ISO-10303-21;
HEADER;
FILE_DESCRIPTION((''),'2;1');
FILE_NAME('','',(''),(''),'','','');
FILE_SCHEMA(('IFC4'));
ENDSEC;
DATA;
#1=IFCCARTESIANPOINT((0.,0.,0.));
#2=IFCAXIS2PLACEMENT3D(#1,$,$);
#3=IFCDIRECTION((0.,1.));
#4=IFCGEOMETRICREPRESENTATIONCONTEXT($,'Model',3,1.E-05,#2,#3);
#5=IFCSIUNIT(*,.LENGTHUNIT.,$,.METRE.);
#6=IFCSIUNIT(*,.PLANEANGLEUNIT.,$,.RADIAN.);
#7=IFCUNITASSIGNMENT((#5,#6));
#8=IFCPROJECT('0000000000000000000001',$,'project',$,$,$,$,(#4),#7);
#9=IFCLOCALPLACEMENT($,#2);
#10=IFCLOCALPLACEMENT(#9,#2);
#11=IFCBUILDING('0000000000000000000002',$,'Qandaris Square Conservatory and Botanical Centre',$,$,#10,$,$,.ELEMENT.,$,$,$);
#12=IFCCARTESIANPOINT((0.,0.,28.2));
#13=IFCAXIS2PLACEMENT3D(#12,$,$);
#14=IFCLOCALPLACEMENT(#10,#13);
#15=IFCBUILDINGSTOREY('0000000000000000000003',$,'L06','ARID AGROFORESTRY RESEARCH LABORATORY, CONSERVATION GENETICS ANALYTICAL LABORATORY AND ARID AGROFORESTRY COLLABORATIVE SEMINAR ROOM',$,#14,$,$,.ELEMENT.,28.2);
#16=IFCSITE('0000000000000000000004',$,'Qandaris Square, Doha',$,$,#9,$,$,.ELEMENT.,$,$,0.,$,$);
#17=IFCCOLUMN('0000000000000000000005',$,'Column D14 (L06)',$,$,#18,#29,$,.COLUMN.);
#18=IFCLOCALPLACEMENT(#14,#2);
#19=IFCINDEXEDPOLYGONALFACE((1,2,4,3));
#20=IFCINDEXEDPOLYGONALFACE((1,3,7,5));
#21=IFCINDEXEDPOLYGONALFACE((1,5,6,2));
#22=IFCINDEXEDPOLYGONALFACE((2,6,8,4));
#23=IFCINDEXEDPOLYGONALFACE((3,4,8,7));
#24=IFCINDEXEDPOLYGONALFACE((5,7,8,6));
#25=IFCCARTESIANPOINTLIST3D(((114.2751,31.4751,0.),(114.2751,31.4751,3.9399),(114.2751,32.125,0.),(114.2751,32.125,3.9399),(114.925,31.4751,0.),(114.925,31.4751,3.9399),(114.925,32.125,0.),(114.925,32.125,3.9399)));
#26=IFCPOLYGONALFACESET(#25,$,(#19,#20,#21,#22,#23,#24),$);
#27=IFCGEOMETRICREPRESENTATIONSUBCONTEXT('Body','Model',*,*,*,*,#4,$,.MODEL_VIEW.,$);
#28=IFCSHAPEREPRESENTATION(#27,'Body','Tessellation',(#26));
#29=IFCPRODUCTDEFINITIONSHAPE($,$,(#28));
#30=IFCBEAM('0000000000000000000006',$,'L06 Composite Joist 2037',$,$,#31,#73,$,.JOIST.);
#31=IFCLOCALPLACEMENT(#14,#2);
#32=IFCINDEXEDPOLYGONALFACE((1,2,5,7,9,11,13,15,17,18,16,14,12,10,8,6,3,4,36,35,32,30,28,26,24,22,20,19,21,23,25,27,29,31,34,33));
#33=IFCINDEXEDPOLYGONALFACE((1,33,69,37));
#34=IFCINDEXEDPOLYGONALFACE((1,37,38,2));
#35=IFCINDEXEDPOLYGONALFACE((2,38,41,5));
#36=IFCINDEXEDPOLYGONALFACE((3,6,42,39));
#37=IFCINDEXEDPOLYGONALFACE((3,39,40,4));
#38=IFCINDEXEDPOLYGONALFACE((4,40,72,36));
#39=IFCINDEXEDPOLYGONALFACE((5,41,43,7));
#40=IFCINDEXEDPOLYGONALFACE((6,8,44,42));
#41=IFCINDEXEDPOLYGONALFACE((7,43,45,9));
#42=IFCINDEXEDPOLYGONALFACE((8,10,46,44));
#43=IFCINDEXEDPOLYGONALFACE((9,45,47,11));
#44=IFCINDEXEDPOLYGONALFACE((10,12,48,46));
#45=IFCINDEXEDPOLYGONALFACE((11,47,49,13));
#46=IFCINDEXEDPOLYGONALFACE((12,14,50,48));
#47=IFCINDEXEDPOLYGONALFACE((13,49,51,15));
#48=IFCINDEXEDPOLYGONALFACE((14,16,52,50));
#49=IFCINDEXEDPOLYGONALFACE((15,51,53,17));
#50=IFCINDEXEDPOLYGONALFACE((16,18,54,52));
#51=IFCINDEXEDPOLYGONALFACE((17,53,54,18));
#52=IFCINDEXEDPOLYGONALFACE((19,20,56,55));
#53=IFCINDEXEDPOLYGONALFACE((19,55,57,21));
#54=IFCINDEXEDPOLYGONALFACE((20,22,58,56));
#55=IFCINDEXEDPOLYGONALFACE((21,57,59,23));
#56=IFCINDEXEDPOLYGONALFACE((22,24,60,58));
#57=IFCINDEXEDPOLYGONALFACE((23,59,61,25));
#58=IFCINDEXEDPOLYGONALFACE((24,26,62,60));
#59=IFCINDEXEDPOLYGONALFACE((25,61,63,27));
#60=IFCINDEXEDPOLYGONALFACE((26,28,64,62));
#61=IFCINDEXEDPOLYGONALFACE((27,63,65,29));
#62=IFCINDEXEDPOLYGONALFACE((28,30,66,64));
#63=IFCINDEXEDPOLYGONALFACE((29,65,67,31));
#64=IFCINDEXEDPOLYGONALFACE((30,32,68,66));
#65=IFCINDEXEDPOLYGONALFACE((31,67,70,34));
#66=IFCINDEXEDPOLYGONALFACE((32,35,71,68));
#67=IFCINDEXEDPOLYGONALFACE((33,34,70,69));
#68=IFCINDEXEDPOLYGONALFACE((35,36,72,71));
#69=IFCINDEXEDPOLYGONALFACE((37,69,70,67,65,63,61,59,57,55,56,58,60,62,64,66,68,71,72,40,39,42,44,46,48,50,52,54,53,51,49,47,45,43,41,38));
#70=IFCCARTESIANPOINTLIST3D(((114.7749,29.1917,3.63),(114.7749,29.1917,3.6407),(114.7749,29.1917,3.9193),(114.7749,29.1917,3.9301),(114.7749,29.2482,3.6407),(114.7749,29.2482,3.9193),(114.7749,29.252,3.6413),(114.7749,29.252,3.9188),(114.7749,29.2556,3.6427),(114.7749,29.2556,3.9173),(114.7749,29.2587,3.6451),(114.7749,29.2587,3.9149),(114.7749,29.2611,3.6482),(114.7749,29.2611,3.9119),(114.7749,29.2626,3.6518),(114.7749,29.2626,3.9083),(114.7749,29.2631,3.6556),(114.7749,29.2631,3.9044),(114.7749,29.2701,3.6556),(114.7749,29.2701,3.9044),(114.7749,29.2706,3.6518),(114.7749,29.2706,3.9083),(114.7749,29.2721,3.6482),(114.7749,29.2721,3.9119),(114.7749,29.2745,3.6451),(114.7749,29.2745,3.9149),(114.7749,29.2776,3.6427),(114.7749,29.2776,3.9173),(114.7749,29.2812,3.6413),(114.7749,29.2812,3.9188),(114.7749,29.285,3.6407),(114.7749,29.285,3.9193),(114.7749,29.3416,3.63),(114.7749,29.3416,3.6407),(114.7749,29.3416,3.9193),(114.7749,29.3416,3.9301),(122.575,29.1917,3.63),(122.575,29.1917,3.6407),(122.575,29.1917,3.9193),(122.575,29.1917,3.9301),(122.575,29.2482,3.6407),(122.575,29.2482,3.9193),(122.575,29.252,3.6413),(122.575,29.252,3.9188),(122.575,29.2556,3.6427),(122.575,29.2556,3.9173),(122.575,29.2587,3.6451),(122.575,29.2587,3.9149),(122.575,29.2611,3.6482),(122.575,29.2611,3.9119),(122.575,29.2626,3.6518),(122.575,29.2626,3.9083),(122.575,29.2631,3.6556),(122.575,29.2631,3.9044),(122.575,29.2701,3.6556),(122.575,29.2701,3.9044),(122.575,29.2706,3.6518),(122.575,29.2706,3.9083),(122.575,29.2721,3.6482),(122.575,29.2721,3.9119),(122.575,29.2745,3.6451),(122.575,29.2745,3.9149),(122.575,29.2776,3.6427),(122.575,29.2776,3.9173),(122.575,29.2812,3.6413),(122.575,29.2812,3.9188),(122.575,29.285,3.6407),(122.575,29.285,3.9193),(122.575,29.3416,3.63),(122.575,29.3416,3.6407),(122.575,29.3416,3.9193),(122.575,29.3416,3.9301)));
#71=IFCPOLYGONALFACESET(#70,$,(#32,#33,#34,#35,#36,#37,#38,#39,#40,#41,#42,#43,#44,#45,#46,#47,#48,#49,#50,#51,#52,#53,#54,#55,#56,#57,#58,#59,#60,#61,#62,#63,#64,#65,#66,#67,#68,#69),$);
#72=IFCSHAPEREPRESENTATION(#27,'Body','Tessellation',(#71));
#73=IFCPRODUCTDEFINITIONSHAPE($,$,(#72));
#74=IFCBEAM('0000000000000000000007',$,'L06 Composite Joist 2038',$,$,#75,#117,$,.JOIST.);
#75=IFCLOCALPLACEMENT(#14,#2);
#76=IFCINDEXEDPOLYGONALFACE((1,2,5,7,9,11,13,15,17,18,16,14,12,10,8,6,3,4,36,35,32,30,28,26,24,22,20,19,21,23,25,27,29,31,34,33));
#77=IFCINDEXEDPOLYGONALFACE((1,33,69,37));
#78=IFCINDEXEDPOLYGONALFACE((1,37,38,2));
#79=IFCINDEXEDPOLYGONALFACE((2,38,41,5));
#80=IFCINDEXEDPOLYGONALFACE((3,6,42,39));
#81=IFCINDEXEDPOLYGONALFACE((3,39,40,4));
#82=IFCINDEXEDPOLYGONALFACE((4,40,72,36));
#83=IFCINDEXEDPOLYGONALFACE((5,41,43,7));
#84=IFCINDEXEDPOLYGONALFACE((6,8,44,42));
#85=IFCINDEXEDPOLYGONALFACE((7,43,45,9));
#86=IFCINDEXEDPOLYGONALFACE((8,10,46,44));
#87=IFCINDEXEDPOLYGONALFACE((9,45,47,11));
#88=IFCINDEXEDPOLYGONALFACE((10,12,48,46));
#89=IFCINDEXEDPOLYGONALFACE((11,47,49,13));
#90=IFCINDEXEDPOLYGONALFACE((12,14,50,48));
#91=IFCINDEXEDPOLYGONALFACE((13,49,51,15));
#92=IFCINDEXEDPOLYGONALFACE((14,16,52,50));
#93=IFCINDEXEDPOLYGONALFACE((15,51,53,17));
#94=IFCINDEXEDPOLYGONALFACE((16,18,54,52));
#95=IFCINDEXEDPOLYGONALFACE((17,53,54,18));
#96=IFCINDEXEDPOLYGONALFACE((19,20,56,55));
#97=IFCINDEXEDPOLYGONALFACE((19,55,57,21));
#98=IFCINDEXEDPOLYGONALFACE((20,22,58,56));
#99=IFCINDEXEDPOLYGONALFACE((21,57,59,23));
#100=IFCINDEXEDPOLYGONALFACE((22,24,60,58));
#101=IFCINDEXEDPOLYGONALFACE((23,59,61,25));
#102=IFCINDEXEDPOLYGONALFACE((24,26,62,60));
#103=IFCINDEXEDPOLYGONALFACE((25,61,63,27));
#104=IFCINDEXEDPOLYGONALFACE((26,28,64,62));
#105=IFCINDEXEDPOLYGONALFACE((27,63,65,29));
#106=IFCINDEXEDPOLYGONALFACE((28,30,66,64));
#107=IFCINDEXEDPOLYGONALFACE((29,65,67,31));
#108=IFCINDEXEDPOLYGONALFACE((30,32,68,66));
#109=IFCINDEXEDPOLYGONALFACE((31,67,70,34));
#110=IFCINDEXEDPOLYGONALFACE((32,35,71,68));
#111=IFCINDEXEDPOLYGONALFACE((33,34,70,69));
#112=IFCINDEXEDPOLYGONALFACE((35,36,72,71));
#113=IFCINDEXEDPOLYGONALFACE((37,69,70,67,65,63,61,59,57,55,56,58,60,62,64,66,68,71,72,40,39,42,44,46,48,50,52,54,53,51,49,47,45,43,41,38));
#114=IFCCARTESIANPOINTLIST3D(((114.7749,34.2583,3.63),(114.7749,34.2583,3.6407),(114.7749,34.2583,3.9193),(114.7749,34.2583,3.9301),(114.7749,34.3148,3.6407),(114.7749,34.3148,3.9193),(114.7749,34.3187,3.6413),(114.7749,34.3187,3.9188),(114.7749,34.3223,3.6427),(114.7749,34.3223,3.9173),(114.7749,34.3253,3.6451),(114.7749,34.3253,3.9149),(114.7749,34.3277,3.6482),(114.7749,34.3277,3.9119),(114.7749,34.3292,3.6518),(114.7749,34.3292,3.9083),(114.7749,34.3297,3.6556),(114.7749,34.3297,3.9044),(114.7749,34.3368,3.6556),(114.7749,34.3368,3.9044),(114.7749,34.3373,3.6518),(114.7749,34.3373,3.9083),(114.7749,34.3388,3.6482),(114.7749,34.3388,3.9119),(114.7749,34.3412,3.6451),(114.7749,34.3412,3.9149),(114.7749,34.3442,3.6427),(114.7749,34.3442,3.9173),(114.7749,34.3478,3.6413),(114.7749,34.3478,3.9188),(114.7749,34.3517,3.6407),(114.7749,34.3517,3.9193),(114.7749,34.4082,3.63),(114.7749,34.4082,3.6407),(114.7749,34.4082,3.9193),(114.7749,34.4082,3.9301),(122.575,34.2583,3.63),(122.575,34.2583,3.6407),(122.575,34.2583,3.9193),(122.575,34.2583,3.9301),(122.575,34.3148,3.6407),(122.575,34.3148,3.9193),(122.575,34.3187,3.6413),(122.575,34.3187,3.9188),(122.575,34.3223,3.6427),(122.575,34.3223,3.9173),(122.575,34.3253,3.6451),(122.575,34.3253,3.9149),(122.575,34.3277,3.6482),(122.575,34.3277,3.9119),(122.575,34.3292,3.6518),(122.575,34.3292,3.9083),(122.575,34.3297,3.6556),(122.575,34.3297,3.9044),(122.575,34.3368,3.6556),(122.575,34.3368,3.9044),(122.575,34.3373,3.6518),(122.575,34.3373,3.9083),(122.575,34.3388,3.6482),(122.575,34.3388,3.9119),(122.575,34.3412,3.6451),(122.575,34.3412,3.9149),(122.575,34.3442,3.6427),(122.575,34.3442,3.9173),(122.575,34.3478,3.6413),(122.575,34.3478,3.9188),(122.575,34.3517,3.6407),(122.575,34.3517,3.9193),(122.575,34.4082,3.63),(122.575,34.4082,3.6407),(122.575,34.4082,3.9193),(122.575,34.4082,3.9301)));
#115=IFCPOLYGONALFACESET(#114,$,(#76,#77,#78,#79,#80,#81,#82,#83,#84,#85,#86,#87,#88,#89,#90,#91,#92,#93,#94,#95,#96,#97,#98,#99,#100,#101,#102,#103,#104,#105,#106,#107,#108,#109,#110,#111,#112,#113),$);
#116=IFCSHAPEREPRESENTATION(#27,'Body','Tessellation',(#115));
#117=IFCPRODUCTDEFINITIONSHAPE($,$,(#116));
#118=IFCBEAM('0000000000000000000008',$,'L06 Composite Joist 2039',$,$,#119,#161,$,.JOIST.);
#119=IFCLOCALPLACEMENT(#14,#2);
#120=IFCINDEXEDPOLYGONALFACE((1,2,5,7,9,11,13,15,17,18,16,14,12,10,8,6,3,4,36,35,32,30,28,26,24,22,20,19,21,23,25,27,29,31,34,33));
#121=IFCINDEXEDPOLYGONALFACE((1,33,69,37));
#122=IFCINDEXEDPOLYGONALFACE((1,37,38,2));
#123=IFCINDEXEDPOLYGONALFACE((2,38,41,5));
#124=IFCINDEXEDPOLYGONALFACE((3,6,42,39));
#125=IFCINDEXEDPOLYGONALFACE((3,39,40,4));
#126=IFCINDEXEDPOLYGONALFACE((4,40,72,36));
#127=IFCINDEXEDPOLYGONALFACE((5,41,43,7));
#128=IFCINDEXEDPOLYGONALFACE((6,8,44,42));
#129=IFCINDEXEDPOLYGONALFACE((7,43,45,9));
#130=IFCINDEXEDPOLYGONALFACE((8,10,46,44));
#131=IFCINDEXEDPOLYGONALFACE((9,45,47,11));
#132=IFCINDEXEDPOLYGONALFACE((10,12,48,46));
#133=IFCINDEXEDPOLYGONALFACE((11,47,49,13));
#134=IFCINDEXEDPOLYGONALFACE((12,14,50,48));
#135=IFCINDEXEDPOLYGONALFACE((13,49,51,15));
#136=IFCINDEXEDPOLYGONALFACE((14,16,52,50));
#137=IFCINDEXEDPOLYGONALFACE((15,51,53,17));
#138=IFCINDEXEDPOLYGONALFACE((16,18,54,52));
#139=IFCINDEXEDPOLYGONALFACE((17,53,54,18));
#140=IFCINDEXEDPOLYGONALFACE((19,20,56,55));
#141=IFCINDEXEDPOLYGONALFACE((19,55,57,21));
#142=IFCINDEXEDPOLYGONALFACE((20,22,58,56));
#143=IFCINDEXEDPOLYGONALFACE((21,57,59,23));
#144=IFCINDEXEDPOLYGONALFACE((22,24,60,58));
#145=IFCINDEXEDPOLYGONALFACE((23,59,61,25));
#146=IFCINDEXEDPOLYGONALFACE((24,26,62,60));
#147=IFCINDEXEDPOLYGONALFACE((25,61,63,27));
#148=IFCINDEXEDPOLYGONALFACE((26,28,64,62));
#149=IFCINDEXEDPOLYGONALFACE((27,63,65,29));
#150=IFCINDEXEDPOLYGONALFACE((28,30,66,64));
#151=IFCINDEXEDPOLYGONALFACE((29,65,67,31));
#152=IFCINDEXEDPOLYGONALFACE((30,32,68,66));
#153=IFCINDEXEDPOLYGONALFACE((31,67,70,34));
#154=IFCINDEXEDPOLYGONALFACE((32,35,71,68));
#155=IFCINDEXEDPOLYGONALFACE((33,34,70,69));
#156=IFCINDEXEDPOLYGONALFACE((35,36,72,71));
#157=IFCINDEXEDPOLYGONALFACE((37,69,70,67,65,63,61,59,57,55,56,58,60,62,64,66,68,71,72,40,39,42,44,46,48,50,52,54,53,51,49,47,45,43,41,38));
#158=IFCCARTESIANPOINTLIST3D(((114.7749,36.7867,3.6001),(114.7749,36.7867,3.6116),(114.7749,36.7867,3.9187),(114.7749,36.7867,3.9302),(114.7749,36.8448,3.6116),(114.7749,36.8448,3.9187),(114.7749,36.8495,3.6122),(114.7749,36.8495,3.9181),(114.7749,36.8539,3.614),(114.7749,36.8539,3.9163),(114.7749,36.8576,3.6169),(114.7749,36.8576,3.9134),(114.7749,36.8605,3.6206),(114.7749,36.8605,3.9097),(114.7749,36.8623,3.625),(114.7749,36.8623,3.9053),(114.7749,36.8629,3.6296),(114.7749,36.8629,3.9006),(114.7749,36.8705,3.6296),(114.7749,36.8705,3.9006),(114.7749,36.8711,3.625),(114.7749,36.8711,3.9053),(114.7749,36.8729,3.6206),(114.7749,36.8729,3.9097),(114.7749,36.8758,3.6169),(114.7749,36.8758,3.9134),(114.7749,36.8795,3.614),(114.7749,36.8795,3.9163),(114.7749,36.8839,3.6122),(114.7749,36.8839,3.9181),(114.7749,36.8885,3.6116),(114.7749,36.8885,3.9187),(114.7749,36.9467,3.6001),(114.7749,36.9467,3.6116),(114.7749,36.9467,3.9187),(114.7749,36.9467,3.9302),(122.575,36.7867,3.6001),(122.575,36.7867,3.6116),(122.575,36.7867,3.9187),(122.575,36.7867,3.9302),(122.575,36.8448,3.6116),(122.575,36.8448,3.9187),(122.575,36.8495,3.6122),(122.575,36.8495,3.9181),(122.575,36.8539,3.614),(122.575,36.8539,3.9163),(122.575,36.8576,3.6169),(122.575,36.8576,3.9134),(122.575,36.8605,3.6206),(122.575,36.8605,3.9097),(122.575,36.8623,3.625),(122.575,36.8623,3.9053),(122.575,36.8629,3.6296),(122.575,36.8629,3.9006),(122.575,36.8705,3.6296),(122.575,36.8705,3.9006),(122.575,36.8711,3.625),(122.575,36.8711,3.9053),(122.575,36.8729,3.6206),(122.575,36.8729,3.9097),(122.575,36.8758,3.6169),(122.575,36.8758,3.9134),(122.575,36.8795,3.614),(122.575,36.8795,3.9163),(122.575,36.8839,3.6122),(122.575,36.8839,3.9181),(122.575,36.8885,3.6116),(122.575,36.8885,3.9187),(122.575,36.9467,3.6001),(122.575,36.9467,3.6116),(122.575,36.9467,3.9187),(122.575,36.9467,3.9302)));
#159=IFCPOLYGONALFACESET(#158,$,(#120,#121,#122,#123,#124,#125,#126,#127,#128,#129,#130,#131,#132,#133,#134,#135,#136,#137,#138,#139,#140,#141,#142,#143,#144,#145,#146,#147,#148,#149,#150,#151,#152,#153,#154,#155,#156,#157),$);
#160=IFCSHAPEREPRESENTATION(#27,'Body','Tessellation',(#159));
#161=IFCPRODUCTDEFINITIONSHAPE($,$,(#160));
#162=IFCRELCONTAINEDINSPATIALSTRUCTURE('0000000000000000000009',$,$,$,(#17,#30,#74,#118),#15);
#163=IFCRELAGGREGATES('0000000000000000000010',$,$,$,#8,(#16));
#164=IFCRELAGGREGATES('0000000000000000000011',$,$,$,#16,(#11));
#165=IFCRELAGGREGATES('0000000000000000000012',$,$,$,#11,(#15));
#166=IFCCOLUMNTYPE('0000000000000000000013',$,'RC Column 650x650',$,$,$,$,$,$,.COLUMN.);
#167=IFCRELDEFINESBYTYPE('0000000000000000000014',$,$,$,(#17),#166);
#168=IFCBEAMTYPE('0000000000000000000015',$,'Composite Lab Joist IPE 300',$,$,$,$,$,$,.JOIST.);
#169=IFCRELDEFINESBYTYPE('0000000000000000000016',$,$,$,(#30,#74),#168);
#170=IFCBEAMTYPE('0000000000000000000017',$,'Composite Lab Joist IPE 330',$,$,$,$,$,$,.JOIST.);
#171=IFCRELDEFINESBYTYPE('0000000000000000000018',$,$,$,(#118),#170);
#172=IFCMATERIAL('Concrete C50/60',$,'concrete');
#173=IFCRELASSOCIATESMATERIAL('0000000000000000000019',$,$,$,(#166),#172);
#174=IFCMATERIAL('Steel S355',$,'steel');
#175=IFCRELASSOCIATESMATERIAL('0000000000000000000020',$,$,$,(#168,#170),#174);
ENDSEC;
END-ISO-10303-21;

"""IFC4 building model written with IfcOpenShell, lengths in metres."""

from ifc_helpers import new_model, si_unit, direction, frame, origin, origin_2d, place, context, subcontext, project, spatial, rectangle, i_section, extrude, material, material_profile, profile_set, type_object, element, save


model = new_model("IFC4")

# Units and contexts
model_context = context("Model", 3, precision=1e-05, world=origin(), true_north=direction((0.0, 1.0)))
body_context = subcontext(model_context, "Body", "Model", "MODEL_VIEW")
ifc_project = project(units=[si_unit("LENGTHUNIT", "METRE"), si_unit("PLANEANGLEUNIT", "RADIAN")], contexts=[model_context])

# Site, building, storey
site_placement = place(None, origin())
site = spatial("IfcSite", under=ifc_project, at=site_placement, Name="Qandaris Square, Doha", CompositionType="ELEMENT", RefElevation=0.0)
building_placement = place(site_placement, origin())
building = spatial("IfcBuilding", under=site, at=building_placement, Name="Qandaris Square Conservatory and Botanical Centre", CompositionType="ELEMENT")
storey_placement = place(building_placement, frame((0.0, 0.0, 28.2)))
storey = spatial("IfcBuildingStorey", under=building, at=storey_placement, Name="L06", Description="ARID AGROFORESTRY RESEARCH LABORATORY, CONSERVATION GENETICS ANALYTICAL LABORATORY AND ARID AGROFORESTRY COLLABORATIVE SEMINAR ROOM", CompositionType="ELEMENT", Elevation=28.2)

# Column
ifc_material_1 = material(Name="Concrete C50/60", Category="concrete")
ifc_material_profile_1 = material_profile(ifc_material_1, rectangle(XDim=0.6499, YDim=0.6499, at=origin_2d()), Name="RC-COL 650x650")
ifc_profile_set_1 = profile_set([ifc_material_profile_1], Name="Concrete C50/60")
column_type = type_object("IfcColumnType", Name="RC Column 650x650", PredefinedType="COLUMN", material=ifc_profile_set_1)
column_placement = place(storey_placement, frame((114.6001, 31.8, 0.0), z_axis=(0.0, 0.0, 1.0), x_axis=(1.0, 0.0, 0.0)))
element("IfcColumn", 1, at=column_placement, inside=storey, type_object=column_type, Name="Column D14 (L06)", PredefinedType="COLUMN", context=body_context, shape_type="SweptSolid", body=[
    extrude(rectangle(XDim=0.6499, YDim=0.6499, at=origin_2d()), origin(), (0.0, 0.0, 1.0), 3.9399),
])

# Beams
ifc_material_2 = material(Name="Steel S355", Category="steel")
ifc_material_profile_2 = material_profile(ifc_material_2, i_section(OverallWidth=0.1499, OverallDepth=0.3, WebThickness=0.0071, FlangeThickness=0.0107, FilletRadius=0.0149, at=origin_2d()), Name="IPE 300")
ifc_profile_set_2 = profile_set([ifc_material_profile_2], Name="Steel S355")
beam_type_1 = type_object("IfcBeamType", Name="Composite Lab Joist IPE 300", PredefinedType="JOIST", material=ifc_profile_set_2)
for number, where, z_axis, x_axis, name in (
    (2, (114.7749, 29.2666, 3.78), (1.0, 0.0, 0.0), (0.0, 1.0, 0.0), "L06 Composite Joist 2037"),
    (3, (114.7749, 34.3333, 3.78), (1.0, 0.0, 0.0), (0.0, 1.0, 0.0), "L06 Composite Joist 2038"),
):
    element("IfcBeam", number, at=place(storey_placement, frame(where, z_axis=z_axis, x_axis=x_axis)), inside=storey, type_object=beam_type_1, Name=name, PredefinedType="JOIST", context=body_context, shape_type="SweptSolid", body=[
        extrude(i_section(OverallWidth=0.1499, OverallDepth=0.3, WebThickness=0.0071, FlangeThickness=0.0107, FilletRadius=0.0149, at=origin_2d()), origin(), (0.0, 0.0, 1.0), 7.8),
    ])
ifc_material_profile_3 = material_profile(ifc_material_2, i_section(OverallWidth=0.1599, OverallDepth=0.3301, WebThickness=0.0076, FlangeThickness=0.0115, FilletRadius=0.0181, at=origin_2d()), Name="IPE 330")
ifc_profile_set_3 = profile_set([ifc_material_profile_3], Name="Steel S355")
beam_type_2 = type_object("IfcBeamType", Name="Composite Lab Joist IPE 330", PredefinedType="JOIST", material=ifc_profile_set_3)
beam_1_placement = place(storey_placement, frame((114.7749, 36.8667, 3.7651), z_axis=(1.0, 0.0, 0.0), x_axis=(0.0, 1.0, 0.0)))
element("IfcBeam", 4, at=beam_1_placement, inside=storey, type_object=beam_type_2, Name="L06 Composite Joist 2039", PredefinedType="JOIST", context=body_context, shape_type="SweptSolid", body=[
    extrude(i_section(OverallWidth=0.1599, OverallDepth=0.3301, WebThickness=0.0076, FlangeThickness=0.0115, FilletRadius=0.0181, at=origin_2d()), origin(), (0.0, 0.0, 1.0), 7.8),
])

save(model, "model.ifc")
